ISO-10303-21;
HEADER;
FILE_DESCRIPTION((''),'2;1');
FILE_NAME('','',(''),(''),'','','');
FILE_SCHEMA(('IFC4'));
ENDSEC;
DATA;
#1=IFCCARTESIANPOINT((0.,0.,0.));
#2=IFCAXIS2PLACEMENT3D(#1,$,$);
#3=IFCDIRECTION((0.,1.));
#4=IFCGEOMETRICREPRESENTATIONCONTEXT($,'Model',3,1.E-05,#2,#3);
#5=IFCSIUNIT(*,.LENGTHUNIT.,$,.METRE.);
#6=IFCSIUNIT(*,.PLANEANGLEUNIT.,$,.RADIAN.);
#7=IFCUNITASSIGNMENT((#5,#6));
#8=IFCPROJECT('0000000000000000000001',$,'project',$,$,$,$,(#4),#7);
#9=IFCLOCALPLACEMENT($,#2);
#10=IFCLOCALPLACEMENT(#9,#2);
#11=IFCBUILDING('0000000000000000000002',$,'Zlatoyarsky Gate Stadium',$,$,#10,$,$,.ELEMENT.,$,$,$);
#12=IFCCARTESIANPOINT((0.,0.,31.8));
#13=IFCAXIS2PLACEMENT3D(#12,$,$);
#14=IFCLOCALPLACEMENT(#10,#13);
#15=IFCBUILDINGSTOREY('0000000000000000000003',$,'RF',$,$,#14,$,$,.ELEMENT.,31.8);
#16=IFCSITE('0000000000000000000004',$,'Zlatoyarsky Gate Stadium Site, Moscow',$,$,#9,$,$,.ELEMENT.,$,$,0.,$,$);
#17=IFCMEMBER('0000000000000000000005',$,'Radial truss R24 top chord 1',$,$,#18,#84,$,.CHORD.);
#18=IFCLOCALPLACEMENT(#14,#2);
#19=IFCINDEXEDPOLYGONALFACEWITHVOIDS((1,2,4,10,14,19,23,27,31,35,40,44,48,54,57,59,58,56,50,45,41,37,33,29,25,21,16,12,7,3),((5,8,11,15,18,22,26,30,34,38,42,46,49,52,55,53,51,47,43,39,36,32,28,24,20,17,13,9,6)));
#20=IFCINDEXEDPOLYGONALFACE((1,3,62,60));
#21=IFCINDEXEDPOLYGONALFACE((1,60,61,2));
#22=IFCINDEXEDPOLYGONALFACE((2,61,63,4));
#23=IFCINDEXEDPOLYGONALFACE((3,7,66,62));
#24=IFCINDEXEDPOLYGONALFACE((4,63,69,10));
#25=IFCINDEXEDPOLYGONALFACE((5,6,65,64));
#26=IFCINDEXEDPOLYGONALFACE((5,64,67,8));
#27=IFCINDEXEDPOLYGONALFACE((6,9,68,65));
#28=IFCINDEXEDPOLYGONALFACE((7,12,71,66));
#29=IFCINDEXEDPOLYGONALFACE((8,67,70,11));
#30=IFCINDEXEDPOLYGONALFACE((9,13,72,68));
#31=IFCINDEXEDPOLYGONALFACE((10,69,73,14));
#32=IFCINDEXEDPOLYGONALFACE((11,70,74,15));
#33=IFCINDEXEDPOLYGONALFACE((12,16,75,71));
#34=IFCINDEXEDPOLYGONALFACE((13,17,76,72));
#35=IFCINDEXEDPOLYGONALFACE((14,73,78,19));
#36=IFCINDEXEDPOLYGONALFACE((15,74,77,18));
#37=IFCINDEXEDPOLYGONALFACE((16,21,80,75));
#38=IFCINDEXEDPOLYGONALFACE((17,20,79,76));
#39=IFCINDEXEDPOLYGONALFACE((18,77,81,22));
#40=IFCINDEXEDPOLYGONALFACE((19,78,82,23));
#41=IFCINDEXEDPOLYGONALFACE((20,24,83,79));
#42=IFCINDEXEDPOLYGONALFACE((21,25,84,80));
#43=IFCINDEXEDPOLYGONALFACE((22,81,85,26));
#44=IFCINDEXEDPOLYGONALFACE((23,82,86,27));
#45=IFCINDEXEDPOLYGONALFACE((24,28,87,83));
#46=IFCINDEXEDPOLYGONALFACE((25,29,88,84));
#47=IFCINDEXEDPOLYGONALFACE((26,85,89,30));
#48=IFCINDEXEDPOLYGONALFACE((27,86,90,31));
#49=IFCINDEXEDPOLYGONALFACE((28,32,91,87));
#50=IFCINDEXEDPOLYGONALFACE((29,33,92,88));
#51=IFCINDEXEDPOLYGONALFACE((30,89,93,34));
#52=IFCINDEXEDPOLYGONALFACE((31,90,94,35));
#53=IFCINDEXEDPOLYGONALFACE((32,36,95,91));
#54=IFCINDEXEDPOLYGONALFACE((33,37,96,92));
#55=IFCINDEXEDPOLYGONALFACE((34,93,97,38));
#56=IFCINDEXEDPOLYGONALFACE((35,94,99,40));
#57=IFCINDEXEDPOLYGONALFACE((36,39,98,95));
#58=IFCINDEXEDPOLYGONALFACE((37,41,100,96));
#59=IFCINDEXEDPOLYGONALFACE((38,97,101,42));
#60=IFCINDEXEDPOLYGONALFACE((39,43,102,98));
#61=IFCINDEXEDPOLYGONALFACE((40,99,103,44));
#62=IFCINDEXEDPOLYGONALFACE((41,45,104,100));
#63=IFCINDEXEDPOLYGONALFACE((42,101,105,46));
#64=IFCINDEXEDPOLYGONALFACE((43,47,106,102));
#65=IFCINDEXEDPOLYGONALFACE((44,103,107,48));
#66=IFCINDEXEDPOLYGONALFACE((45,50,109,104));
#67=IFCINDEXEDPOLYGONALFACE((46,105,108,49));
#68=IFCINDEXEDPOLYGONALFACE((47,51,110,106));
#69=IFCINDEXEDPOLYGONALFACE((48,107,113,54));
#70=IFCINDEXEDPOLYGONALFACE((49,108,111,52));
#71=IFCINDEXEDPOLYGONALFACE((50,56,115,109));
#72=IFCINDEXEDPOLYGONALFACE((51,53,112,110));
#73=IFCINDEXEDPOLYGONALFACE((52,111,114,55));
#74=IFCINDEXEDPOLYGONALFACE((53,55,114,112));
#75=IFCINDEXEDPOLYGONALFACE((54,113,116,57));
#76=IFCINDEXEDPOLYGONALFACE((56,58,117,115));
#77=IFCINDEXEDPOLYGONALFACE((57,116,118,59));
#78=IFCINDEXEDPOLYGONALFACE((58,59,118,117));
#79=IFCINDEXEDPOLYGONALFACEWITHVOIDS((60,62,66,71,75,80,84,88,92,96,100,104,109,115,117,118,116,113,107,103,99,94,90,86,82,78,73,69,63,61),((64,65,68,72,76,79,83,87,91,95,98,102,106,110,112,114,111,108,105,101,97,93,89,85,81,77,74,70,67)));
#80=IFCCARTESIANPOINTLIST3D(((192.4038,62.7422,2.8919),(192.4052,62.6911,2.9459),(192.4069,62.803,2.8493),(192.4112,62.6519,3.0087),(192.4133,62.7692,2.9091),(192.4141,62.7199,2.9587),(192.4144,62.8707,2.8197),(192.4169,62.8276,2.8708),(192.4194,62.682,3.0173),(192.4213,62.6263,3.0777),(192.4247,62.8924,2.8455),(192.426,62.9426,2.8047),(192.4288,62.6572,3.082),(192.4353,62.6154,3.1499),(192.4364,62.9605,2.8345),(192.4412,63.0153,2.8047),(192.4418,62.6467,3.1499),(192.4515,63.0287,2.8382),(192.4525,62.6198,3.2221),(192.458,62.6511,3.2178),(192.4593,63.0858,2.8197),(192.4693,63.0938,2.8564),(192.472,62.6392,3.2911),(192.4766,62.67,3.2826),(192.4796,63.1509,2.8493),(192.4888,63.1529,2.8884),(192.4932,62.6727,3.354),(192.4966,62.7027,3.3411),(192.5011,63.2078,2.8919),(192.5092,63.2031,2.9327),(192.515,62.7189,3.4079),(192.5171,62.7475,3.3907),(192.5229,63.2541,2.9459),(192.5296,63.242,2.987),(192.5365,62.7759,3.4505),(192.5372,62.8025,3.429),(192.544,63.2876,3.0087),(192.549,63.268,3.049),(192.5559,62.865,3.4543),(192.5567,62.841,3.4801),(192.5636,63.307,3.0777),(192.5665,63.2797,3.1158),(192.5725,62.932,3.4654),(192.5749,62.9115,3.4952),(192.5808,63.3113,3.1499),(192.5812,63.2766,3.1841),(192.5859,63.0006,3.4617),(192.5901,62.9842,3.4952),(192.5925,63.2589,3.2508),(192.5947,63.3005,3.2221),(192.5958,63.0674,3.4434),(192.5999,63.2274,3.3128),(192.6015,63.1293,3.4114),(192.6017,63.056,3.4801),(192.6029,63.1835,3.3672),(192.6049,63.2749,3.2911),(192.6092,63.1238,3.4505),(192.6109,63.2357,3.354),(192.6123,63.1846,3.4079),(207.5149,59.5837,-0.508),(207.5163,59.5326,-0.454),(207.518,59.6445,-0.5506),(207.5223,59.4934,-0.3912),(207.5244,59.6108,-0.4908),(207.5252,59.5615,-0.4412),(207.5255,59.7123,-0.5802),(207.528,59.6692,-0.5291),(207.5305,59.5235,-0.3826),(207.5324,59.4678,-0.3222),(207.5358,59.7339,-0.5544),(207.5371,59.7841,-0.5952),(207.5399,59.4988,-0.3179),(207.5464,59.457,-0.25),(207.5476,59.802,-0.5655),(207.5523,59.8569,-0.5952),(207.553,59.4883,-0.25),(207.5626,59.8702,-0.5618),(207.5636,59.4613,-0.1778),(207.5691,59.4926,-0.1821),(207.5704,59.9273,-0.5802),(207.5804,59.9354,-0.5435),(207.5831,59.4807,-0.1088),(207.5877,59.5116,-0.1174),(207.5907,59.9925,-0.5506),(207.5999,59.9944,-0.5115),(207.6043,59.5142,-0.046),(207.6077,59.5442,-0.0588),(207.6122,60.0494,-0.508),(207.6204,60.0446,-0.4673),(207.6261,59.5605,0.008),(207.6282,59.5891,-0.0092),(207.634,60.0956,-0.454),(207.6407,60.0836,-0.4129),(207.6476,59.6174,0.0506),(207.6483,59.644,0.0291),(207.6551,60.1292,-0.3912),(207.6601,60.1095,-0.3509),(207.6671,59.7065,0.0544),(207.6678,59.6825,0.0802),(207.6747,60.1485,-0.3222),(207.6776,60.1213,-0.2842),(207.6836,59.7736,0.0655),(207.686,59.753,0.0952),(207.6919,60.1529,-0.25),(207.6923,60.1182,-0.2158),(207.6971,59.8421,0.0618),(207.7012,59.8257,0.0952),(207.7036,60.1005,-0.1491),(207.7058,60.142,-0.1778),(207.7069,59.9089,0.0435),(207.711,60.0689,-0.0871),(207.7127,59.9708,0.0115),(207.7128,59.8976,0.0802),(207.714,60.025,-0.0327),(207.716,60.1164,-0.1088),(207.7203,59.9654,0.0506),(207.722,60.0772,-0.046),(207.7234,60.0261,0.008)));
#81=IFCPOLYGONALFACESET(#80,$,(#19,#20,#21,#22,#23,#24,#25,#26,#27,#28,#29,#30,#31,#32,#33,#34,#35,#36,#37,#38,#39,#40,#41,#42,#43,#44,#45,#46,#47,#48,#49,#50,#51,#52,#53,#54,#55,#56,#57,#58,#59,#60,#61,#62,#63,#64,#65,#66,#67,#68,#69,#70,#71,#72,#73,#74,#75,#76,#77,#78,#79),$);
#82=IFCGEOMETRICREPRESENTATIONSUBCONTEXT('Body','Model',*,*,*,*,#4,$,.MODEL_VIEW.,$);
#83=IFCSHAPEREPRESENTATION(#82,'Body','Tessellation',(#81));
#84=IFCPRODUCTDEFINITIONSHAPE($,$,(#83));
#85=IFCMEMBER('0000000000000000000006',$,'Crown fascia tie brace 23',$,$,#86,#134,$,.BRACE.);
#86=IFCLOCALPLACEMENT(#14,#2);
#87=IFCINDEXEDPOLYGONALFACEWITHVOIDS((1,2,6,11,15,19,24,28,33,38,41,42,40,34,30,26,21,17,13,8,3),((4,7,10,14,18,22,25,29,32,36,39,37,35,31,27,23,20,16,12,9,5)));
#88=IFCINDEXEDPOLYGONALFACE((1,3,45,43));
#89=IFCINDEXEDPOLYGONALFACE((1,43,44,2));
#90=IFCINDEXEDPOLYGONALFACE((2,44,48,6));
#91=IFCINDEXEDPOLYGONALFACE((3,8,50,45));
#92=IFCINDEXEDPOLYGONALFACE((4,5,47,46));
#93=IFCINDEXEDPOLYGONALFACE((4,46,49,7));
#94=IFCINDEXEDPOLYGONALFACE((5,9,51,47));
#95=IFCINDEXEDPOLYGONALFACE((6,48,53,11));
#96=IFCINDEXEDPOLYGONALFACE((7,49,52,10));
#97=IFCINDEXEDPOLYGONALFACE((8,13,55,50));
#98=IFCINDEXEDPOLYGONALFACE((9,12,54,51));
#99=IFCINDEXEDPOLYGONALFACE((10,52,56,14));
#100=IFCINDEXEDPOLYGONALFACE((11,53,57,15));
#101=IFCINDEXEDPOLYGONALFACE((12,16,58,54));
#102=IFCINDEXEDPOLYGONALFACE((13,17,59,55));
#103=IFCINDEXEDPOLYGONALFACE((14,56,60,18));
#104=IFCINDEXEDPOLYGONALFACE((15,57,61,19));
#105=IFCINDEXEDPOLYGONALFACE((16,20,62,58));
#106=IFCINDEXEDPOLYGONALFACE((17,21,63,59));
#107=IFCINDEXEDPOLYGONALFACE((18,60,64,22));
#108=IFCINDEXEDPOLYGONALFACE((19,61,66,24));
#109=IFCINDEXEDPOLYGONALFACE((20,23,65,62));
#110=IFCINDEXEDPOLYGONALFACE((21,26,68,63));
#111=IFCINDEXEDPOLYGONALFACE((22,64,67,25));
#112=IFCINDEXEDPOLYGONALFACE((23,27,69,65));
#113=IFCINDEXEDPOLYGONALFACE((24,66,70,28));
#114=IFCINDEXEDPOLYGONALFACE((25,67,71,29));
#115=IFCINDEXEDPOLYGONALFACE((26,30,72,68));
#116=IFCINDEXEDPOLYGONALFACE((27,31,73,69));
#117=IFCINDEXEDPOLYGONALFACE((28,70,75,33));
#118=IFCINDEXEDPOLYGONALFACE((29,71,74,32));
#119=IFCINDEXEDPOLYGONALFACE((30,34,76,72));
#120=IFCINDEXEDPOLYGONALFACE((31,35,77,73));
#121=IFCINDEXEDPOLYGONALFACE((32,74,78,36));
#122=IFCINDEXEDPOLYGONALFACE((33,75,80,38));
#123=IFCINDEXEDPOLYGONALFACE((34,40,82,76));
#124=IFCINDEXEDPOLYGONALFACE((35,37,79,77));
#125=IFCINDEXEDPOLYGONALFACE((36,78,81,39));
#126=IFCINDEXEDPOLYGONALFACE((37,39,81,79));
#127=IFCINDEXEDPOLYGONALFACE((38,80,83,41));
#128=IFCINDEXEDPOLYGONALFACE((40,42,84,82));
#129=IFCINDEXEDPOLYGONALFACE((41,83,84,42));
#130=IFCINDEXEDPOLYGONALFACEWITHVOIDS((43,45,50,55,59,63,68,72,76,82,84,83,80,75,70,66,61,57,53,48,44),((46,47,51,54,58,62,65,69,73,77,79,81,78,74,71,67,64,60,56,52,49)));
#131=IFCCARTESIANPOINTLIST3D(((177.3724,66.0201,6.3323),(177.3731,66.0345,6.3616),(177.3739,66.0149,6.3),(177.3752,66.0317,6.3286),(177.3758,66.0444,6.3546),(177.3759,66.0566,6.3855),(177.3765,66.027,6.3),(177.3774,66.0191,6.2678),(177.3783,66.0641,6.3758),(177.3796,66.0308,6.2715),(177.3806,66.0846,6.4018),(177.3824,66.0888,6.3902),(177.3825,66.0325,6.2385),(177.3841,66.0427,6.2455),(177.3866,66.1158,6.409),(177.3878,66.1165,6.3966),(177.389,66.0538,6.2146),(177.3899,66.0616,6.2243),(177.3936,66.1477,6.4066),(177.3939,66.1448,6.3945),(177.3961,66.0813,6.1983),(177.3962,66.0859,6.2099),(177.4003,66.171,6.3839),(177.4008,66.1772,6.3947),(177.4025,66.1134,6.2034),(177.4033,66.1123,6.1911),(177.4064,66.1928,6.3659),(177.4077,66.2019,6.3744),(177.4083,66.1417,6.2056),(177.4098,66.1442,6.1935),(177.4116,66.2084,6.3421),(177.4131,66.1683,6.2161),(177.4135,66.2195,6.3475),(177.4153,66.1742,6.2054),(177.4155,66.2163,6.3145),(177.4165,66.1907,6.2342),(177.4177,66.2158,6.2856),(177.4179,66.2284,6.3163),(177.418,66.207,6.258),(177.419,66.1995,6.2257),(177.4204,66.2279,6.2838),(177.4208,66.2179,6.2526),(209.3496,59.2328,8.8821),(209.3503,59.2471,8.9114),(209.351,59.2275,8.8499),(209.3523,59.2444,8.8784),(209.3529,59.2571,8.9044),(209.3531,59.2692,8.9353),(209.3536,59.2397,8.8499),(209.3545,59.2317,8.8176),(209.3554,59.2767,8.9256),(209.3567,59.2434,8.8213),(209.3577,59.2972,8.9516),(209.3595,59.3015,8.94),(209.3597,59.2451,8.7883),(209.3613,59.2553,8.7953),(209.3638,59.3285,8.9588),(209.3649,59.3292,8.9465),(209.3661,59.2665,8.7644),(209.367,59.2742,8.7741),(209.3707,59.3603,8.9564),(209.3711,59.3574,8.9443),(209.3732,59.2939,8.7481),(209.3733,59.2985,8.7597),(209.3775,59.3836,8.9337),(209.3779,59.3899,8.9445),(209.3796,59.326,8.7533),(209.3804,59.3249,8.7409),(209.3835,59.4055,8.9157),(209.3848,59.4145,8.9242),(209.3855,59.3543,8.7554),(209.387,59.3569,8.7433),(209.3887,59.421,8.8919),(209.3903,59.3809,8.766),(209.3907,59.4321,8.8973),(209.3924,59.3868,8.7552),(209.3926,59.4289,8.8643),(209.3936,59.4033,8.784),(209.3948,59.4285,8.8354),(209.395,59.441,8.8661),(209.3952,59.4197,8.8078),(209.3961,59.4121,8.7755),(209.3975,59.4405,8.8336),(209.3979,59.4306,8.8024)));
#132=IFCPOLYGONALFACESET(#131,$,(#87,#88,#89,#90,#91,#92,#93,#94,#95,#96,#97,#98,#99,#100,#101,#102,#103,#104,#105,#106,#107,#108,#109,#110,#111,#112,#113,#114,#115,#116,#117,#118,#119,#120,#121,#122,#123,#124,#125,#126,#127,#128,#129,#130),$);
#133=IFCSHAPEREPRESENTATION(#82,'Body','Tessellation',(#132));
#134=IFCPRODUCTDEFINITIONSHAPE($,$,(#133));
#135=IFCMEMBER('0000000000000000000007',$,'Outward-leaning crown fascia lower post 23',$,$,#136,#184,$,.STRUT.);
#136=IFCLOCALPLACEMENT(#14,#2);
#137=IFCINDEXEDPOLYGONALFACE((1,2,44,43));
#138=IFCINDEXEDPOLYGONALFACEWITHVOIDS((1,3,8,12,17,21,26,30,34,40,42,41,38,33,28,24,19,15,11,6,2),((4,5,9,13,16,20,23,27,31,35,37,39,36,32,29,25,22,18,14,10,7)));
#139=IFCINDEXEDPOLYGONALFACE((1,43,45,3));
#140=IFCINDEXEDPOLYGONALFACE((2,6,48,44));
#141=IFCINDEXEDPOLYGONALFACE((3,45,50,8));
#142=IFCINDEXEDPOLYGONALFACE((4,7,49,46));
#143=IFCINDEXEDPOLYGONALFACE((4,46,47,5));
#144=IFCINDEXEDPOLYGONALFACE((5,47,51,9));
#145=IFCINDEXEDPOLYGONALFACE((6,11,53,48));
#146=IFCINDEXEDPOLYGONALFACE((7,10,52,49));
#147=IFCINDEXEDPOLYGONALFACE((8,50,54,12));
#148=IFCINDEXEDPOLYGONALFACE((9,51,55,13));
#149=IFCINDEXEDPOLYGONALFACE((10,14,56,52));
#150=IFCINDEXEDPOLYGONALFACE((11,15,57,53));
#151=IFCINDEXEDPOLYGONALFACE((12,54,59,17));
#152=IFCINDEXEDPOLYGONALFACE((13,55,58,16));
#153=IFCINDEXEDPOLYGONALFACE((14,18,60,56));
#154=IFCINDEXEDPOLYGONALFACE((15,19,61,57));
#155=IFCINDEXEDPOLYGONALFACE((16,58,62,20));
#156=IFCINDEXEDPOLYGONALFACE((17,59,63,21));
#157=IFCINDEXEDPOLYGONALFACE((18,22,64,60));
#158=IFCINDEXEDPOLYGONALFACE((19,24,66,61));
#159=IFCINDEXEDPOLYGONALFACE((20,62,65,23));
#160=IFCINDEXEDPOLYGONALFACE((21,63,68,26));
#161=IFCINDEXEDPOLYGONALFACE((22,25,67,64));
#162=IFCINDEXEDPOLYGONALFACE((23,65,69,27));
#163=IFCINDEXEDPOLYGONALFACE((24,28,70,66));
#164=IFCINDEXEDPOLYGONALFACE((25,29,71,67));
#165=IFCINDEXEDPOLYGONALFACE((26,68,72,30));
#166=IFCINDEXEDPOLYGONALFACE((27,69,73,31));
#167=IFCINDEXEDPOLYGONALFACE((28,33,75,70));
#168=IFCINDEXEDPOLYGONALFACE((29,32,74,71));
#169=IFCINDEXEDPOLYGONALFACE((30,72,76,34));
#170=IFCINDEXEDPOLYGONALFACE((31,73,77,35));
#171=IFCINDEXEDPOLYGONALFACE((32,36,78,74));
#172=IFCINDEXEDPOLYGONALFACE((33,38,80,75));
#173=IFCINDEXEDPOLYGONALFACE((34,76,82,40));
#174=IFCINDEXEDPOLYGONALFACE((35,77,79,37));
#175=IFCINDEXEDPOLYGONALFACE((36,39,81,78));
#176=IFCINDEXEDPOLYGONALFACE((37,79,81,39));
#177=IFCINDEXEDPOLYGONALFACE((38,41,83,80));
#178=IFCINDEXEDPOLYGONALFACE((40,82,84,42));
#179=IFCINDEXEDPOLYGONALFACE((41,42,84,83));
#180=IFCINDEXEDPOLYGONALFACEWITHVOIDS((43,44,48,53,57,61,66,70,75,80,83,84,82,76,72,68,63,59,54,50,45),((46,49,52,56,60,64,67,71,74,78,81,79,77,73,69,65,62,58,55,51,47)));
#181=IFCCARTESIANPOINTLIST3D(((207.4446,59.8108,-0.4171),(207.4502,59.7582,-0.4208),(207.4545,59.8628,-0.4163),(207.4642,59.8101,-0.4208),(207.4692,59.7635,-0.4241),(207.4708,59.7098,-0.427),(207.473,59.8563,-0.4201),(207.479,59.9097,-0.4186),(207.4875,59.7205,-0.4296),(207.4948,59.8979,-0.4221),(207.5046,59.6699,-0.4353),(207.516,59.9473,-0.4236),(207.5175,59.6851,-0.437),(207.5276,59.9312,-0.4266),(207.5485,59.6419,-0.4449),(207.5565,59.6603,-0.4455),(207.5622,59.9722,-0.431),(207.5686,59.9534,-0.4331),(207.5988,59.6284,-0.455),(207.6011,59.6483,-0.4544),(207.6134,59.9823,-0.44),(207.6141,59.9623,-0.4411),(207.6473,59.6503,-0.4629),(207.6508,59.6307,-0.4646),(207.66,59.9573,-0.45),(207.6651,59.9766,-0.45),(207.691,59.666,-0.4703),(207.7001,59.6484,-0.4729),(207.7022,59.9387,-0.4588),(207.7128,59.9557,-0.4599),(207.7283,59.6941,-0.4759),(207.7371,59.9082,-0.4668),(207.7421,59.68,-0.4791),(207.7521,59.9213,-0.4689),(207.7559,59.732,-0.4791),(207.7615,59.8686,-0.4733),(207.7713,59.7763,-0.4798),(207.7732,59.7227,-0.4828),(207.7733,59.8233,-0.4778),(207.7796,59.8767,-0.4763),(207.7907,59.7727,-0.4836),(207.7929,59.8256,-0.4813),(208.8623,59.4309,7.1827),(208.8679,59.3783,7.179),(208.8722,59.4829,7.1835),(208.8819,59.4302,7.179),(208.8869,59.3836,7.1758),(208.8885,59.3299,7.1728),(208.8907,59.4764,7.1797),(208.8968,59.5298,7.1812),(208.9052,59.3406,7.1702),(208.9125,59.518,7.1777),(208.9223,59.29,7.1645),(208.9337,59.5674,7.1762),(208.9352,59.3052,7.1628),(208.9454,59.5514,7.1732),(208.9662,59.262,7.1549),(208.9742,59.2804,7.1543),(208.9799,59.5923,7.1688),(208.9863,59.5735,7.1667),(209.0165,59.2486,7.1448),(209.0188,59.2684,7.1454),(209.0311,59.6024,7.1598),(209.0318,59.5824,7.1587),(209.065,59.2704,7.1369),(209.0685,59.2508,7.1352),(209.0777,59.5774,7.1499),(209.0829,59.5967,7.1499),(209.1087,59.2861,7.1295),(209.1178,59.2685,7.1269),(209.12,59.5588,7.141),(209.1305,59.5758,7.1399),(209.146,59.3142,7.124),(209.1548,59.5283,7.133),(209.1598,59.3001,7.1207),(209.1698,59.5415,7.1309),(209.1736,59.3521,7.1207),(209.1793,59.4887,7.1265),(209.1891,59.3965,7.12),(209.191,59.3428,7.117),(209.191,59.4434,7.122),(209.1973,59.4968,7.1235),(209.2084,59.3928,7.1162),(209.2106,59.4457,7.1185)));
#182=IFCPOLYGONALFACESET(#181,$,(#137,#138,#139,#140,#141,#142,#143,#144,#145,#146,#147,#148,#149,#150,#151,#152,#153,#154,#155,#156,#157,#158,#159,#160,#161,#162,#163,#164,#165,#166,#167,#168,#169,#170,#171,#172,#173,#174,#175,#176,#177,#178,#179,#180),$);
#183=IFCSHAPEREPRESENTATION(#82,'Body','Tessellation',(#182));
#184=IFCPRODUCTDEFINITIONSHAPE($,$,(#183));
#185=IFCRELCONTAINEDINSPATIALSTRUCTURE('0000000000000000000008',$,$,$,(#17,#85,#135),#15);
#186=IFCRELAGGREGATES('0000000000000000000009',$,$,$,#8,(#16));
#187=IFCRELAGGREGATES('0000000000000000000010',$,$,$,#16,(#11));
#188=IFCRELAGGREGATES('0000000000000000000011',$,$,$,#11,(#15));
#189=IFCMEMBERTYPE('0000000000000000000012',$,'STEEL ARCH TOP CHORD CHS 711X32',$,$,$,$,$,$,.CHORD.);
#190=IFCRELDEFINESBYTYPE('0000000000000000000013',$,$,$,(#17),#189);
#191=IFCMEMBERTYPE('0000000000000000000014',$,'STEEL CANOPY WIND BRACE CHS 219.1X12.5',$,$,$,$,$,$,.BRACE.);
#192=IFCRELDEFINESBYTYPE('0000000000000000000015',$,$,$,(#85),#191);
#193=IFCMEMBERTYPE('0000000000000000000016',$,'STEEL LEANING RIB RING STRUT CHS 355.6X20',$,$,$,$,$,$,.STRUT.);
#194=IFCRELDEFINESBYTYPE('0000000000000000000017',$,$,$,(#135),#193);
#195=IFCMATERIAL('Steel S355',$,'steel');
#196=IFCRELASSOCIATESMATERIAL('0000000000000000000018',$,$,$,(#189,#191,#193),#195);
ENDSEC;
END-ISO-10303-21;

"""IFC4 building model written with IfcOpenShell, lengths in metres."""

from ifc_helpers import new_model, si_unit, direction, frame, origin, origin_2d, place, context, subcontext, project, spatial, hollow_circle, extrude, material, material_profile, profile_set, type_object, element, save


model = new_model("IFC4")

# Units and contexts
model_context = context("Model", 3, precision=1e-05, world=origin(), true_north=direction((0.0, 1.0)))
body_context = subcontext(model_context, "Body", "Model", "MODEL_VIEW")
ifc_project = project(units=[si_unit("LENGTHUNIT", "METRE"), si_unit("PLANEANGLEUNIT", "RADIAN")], contexts=[model_context])

# Site, building, storey
site_placement = place(None, origin())
site = spatial("IfcSite", under=ifc_project, at=site_placement, Name="Zlatoyarsky Gate Stadium Site, Moscow", CompositionType="ELEMENT", RefElevation=0.0)
building_placement = place(site_placement, origin())
building = spatial("IfcBuilding", under=site, at=building_placement, Name="Zlatoyarsky Gate Stadium", CompositionType="ELEMENT")
storey_placement = place(building_placement, frame((0.0, 0.0, 31.8)))
storey = spatial("IfcBuildingStorey", under=building, at=storey_placement, Name="RF", CompositionType="ELEMENT", Elevation=31.8)

# Members
ifc_material_1 = material(Name="Steel S355", Category="steel")
ifc_material_profile_1 = material_profile(ifc_material_1, hollow_circle(Radius=0.3555, WallThickness=0.032, at=origin_2d()), Name="CHS 711X32")
ifc_profile_set_1 = profile_set([ifc_material_profile_1], Name="Steel S355")
member_type_1 = type_object("IfcMemberType", Name="STEEL ARCH TOP CHORD CHS 711X32", PredefinedType="CHORD", material=ifc_profile_set_1)
member_1_placement = place(storey_placement, frame((207.6191, 59.8049, -0.25), z_axis=(-0.955938, 0.199806, 0.21508), x_axis=(-0.204594, -0.978847, 0.0)))
element("IfcMember", 1, at=member_1_placement, inside=storey, type_object=member_type_1, Name="Radial truss R24 top chord 1", PredefinedType="CHORD", context=body_context, shape_type="SweptSolid", body=[
    extrude(hollow_circle(Radius=0.3555, WallThickness=0.032, at=origin_2d()), origin(), (0.0, 0.0, 1.0), 15.8076),
])
ifc_material_profile_2 = material_profile(ifc_material_1, hollow_circle(Radius=0.1096, WallThickness=0.0125, at=origin_2d()), Name="CHS 219.1X12.5")
ifc_profile_set_2 = profile_set([ifc_material_profile_2], Name="Steel S355")
member_type_2 = type_object("IfcMemberType", Name="STEEL CANOPY WIND BRACE CHS 219.1X12.5", PredefinedType="BRACE", material=ifc_profile_set_2)
member_2_placement = place(storey_placement, frame((209.3738, 59.3347, 8.8499), z_axis=(-0.975245, 0.207003, -0.077765), x_axis=(-0.207631, -0.978207, 0.0)))
element("IfcMember", 2, at=member_2_placement, inside=storey, type_object=member_type_2, Name="Crown fascia tie brace 23", PredefinedType="BRACE", context=body_context, shape_type="SweptSolid", body=[
    extrude(hollow_circle(Radius=0.1096, WallThickness=0.0125, at=origin_2d()), origin(), (0.0, 0.0, 1.0), 32.7888),
])
ifc_material_profile_3 = material_profile(ifc_material_1, hollow_circle(Radius=0.1777, WallThickness=0.02, at=origin_2d()), Name="CHS 355.6X20")
ifc_profile_set_3 = profile_set([ifc_material_profile_3], Name="Steel S355")
member_type_3 = type_object("IfcMemberType", Name="STEEL LEANING RIB RING STRUT CHS 355.6X20", PredefinedType="STRUT", material=ifc_profile_set_3)
member_3_placement = place(storey_placement, frame((207.6191, 59.8049, -0.45), z_axis=(0.183162, -0.049079, 0.981857), x_axis=(0.258822, 0.965925, 0.0)))
element("IfcMember", 3, at=member_3_placement, inside=storey, type_object=member_type_3, Name="Outward-leaning crown fascia lower post 23", PredefinedType="STRUT", context=body_context, shape_type="SweptSolid", body=[
    extrude(hollow_circle(Radius=0.1777, WallThickness=0.02, at=origin_2d()), origin(), (0.0, 0.0, 1.0), 7.7402),
])

save(model, "model.ifc")
